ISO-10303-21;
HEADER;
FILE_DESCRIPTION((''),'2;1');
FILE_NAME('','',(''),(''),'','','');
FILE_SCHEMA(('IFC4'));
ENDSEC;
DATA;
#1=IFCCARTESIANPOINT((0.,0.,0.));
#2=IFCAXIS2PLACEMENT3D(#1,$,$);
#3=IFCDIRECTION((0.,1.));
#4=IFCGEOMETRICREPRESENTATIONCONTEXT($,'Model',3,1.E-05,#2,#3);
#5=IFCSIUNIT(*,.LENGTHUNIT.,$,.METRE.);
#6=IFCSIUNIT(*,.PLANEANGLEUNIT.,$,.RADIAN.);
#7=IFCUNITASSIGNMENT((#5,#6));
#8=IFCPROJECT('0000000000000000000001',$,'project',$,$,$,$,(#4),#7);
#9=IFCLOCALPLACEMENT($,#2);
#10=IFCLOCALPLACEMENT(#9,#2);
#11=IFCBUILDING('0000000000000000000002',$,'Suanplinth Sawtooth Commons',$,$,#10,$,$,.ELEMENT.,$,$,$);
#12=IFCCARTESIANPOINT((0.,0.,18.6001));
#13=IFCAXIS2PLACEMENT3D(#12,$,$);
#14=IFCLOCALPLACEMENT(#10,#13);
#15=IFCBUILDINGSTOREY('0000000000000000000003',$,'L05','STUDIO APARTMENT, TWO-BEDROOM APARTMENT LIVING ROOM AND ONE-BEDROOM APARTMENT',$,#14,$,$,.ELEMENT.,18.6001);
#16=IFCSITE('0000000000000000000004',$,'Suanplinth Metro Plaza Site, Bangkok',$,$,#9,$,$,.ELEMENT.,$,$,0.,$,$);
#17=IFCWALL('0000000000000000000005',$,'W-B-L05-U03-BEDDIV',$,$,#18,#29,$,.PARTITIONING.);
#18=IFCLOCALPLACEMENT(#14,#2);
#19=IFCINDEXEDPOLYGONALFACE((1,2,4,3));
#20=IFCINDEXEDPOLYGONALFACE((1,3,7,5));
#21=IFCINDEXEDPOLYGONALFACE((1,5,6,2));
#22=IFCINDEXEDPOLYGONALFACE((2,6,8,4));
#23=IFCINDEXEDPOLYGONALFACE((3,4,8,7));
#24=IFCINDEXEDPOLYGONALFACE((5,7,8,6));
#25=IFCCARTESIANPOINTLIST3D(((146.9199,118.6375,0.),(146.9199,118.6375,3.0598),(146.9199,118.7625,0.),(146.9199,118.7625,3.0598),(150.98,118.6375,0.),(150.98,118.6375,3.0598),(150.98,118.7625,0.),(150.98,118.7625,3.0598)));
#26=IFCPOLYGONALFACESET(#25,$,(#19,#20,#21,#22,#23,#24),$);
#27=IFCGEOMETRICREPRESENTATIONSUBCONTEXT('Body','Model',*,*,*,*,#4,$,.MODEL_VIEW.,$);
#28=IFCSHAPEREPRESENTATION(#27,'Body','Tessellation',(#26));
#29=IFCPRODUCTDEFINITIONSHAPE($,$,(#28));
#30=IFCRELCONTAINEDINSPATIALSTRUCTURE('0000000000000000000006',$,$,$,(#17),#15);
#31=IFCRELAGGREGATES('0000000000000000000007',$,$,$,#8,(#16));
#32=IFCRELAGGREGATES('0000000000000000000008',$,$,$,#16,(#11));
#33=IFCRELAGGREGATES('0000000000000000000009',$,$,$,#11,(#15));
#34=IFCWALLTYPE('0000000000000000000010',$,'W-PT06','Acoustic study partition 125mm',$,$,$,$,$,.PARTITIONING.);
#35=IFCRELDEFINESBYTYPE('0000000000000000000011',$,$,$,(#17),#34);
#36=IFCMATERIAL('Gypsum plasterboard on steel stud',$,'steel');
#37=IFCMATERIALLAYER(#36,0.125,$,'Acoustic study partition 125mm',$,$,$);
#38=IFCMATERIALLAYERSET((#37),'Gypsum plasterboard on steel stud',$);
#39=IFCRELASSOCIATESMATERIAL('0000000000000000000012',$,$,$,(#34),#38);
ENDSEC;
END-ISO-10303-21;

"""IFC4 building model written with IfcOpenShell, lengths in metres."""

from ifc_helpers import new_model, si_unit, direction, frame, frame_2d, origin, place, context, subcontext, project, spatial, rectangle, extrude, material, layer, layer_set, type_object, element, save


model = new_model("IFC4")

# Units and contexts
model_context = context("Model", 3, precision=1e-05, world=origin(), true_north=direction((0.0, 1.0)))
body_context = subcontext(model_context, "Body", "Model", "MODEL_VIEW")
ifc_project = project(units=[si_unit("LENGTHUNIT", "METRE"), si_unit("PLANEANGLEUNIT", "RADIAN")], contexts=[model_context])

# Site, building, storey
site_placement = place(None, origin())
site = spatial("IfcSite", under=ifc_project, at=site_placement, Name="Suanplinth Metro Plaza Site, Bangkok", CompositionType="ELEMENT", RefElevation=0.0)
building_placement = place(site_placement, origin())
building = spatial("IfcBuilding", under=site, at=building_placement, Name="Suanplinth Sawtooth Commons", CompositionType="ELEMENT")
storey_placement = place(building_placement, frame((0.0, 0.0, 18.6001)))
storey = spatial("IfcBuildingStorey", under=building, at=storey_placement, Name="L05", Description="STUDIO APARTMENT, TWO-BEDROOM APARTMENT LIVING ROOM AND ONE-BEDROOM APARTMENT", CompositionType="ELEMENT", Elevation=18.6001)

# Shared definitions
ifc_material_1 = material(Name="Gypsum plasterboard on steel stud", Category="steel")

# Wall
ifc_layer_1 = layer(ifc_material_1, 0.125, Name="Acoustic study partition 125mm")
ifc_layer_set_1 = layer_set([ifc_layer_1], Name="Gypsum plasterboard on steel stud")
wall_type_1 = type_object("IfcWallType", Name="W-PT06", Description="Acoustic study partition 125mm", PredefinedType="PARTITIONING", material=ifc_layer_set_1)
wall_1_placement = place(storey_placement, frame((146.9199, 118.7, 0.0), z_axis=(0.0, 0.0, 1.0), x_axis=(1.0, 0.0, 0.0)))
element("IfcWall", 1, at=wall_1_placement, inside=storey, type_object=wall_type_1, Name="W-B-L05-U03-BEDDIV", PredefinedType="PARTITIONING", context=body_context, shape_type="SweptSolid", body=[
    extrude(rectangle(XDim=4.0601, YDim=0.125, at=frame_2d((2.03, 0.0))), origin(), (0.0, 0.0, 1.0), 3.0598),
])

save(model, "model.ifc")
